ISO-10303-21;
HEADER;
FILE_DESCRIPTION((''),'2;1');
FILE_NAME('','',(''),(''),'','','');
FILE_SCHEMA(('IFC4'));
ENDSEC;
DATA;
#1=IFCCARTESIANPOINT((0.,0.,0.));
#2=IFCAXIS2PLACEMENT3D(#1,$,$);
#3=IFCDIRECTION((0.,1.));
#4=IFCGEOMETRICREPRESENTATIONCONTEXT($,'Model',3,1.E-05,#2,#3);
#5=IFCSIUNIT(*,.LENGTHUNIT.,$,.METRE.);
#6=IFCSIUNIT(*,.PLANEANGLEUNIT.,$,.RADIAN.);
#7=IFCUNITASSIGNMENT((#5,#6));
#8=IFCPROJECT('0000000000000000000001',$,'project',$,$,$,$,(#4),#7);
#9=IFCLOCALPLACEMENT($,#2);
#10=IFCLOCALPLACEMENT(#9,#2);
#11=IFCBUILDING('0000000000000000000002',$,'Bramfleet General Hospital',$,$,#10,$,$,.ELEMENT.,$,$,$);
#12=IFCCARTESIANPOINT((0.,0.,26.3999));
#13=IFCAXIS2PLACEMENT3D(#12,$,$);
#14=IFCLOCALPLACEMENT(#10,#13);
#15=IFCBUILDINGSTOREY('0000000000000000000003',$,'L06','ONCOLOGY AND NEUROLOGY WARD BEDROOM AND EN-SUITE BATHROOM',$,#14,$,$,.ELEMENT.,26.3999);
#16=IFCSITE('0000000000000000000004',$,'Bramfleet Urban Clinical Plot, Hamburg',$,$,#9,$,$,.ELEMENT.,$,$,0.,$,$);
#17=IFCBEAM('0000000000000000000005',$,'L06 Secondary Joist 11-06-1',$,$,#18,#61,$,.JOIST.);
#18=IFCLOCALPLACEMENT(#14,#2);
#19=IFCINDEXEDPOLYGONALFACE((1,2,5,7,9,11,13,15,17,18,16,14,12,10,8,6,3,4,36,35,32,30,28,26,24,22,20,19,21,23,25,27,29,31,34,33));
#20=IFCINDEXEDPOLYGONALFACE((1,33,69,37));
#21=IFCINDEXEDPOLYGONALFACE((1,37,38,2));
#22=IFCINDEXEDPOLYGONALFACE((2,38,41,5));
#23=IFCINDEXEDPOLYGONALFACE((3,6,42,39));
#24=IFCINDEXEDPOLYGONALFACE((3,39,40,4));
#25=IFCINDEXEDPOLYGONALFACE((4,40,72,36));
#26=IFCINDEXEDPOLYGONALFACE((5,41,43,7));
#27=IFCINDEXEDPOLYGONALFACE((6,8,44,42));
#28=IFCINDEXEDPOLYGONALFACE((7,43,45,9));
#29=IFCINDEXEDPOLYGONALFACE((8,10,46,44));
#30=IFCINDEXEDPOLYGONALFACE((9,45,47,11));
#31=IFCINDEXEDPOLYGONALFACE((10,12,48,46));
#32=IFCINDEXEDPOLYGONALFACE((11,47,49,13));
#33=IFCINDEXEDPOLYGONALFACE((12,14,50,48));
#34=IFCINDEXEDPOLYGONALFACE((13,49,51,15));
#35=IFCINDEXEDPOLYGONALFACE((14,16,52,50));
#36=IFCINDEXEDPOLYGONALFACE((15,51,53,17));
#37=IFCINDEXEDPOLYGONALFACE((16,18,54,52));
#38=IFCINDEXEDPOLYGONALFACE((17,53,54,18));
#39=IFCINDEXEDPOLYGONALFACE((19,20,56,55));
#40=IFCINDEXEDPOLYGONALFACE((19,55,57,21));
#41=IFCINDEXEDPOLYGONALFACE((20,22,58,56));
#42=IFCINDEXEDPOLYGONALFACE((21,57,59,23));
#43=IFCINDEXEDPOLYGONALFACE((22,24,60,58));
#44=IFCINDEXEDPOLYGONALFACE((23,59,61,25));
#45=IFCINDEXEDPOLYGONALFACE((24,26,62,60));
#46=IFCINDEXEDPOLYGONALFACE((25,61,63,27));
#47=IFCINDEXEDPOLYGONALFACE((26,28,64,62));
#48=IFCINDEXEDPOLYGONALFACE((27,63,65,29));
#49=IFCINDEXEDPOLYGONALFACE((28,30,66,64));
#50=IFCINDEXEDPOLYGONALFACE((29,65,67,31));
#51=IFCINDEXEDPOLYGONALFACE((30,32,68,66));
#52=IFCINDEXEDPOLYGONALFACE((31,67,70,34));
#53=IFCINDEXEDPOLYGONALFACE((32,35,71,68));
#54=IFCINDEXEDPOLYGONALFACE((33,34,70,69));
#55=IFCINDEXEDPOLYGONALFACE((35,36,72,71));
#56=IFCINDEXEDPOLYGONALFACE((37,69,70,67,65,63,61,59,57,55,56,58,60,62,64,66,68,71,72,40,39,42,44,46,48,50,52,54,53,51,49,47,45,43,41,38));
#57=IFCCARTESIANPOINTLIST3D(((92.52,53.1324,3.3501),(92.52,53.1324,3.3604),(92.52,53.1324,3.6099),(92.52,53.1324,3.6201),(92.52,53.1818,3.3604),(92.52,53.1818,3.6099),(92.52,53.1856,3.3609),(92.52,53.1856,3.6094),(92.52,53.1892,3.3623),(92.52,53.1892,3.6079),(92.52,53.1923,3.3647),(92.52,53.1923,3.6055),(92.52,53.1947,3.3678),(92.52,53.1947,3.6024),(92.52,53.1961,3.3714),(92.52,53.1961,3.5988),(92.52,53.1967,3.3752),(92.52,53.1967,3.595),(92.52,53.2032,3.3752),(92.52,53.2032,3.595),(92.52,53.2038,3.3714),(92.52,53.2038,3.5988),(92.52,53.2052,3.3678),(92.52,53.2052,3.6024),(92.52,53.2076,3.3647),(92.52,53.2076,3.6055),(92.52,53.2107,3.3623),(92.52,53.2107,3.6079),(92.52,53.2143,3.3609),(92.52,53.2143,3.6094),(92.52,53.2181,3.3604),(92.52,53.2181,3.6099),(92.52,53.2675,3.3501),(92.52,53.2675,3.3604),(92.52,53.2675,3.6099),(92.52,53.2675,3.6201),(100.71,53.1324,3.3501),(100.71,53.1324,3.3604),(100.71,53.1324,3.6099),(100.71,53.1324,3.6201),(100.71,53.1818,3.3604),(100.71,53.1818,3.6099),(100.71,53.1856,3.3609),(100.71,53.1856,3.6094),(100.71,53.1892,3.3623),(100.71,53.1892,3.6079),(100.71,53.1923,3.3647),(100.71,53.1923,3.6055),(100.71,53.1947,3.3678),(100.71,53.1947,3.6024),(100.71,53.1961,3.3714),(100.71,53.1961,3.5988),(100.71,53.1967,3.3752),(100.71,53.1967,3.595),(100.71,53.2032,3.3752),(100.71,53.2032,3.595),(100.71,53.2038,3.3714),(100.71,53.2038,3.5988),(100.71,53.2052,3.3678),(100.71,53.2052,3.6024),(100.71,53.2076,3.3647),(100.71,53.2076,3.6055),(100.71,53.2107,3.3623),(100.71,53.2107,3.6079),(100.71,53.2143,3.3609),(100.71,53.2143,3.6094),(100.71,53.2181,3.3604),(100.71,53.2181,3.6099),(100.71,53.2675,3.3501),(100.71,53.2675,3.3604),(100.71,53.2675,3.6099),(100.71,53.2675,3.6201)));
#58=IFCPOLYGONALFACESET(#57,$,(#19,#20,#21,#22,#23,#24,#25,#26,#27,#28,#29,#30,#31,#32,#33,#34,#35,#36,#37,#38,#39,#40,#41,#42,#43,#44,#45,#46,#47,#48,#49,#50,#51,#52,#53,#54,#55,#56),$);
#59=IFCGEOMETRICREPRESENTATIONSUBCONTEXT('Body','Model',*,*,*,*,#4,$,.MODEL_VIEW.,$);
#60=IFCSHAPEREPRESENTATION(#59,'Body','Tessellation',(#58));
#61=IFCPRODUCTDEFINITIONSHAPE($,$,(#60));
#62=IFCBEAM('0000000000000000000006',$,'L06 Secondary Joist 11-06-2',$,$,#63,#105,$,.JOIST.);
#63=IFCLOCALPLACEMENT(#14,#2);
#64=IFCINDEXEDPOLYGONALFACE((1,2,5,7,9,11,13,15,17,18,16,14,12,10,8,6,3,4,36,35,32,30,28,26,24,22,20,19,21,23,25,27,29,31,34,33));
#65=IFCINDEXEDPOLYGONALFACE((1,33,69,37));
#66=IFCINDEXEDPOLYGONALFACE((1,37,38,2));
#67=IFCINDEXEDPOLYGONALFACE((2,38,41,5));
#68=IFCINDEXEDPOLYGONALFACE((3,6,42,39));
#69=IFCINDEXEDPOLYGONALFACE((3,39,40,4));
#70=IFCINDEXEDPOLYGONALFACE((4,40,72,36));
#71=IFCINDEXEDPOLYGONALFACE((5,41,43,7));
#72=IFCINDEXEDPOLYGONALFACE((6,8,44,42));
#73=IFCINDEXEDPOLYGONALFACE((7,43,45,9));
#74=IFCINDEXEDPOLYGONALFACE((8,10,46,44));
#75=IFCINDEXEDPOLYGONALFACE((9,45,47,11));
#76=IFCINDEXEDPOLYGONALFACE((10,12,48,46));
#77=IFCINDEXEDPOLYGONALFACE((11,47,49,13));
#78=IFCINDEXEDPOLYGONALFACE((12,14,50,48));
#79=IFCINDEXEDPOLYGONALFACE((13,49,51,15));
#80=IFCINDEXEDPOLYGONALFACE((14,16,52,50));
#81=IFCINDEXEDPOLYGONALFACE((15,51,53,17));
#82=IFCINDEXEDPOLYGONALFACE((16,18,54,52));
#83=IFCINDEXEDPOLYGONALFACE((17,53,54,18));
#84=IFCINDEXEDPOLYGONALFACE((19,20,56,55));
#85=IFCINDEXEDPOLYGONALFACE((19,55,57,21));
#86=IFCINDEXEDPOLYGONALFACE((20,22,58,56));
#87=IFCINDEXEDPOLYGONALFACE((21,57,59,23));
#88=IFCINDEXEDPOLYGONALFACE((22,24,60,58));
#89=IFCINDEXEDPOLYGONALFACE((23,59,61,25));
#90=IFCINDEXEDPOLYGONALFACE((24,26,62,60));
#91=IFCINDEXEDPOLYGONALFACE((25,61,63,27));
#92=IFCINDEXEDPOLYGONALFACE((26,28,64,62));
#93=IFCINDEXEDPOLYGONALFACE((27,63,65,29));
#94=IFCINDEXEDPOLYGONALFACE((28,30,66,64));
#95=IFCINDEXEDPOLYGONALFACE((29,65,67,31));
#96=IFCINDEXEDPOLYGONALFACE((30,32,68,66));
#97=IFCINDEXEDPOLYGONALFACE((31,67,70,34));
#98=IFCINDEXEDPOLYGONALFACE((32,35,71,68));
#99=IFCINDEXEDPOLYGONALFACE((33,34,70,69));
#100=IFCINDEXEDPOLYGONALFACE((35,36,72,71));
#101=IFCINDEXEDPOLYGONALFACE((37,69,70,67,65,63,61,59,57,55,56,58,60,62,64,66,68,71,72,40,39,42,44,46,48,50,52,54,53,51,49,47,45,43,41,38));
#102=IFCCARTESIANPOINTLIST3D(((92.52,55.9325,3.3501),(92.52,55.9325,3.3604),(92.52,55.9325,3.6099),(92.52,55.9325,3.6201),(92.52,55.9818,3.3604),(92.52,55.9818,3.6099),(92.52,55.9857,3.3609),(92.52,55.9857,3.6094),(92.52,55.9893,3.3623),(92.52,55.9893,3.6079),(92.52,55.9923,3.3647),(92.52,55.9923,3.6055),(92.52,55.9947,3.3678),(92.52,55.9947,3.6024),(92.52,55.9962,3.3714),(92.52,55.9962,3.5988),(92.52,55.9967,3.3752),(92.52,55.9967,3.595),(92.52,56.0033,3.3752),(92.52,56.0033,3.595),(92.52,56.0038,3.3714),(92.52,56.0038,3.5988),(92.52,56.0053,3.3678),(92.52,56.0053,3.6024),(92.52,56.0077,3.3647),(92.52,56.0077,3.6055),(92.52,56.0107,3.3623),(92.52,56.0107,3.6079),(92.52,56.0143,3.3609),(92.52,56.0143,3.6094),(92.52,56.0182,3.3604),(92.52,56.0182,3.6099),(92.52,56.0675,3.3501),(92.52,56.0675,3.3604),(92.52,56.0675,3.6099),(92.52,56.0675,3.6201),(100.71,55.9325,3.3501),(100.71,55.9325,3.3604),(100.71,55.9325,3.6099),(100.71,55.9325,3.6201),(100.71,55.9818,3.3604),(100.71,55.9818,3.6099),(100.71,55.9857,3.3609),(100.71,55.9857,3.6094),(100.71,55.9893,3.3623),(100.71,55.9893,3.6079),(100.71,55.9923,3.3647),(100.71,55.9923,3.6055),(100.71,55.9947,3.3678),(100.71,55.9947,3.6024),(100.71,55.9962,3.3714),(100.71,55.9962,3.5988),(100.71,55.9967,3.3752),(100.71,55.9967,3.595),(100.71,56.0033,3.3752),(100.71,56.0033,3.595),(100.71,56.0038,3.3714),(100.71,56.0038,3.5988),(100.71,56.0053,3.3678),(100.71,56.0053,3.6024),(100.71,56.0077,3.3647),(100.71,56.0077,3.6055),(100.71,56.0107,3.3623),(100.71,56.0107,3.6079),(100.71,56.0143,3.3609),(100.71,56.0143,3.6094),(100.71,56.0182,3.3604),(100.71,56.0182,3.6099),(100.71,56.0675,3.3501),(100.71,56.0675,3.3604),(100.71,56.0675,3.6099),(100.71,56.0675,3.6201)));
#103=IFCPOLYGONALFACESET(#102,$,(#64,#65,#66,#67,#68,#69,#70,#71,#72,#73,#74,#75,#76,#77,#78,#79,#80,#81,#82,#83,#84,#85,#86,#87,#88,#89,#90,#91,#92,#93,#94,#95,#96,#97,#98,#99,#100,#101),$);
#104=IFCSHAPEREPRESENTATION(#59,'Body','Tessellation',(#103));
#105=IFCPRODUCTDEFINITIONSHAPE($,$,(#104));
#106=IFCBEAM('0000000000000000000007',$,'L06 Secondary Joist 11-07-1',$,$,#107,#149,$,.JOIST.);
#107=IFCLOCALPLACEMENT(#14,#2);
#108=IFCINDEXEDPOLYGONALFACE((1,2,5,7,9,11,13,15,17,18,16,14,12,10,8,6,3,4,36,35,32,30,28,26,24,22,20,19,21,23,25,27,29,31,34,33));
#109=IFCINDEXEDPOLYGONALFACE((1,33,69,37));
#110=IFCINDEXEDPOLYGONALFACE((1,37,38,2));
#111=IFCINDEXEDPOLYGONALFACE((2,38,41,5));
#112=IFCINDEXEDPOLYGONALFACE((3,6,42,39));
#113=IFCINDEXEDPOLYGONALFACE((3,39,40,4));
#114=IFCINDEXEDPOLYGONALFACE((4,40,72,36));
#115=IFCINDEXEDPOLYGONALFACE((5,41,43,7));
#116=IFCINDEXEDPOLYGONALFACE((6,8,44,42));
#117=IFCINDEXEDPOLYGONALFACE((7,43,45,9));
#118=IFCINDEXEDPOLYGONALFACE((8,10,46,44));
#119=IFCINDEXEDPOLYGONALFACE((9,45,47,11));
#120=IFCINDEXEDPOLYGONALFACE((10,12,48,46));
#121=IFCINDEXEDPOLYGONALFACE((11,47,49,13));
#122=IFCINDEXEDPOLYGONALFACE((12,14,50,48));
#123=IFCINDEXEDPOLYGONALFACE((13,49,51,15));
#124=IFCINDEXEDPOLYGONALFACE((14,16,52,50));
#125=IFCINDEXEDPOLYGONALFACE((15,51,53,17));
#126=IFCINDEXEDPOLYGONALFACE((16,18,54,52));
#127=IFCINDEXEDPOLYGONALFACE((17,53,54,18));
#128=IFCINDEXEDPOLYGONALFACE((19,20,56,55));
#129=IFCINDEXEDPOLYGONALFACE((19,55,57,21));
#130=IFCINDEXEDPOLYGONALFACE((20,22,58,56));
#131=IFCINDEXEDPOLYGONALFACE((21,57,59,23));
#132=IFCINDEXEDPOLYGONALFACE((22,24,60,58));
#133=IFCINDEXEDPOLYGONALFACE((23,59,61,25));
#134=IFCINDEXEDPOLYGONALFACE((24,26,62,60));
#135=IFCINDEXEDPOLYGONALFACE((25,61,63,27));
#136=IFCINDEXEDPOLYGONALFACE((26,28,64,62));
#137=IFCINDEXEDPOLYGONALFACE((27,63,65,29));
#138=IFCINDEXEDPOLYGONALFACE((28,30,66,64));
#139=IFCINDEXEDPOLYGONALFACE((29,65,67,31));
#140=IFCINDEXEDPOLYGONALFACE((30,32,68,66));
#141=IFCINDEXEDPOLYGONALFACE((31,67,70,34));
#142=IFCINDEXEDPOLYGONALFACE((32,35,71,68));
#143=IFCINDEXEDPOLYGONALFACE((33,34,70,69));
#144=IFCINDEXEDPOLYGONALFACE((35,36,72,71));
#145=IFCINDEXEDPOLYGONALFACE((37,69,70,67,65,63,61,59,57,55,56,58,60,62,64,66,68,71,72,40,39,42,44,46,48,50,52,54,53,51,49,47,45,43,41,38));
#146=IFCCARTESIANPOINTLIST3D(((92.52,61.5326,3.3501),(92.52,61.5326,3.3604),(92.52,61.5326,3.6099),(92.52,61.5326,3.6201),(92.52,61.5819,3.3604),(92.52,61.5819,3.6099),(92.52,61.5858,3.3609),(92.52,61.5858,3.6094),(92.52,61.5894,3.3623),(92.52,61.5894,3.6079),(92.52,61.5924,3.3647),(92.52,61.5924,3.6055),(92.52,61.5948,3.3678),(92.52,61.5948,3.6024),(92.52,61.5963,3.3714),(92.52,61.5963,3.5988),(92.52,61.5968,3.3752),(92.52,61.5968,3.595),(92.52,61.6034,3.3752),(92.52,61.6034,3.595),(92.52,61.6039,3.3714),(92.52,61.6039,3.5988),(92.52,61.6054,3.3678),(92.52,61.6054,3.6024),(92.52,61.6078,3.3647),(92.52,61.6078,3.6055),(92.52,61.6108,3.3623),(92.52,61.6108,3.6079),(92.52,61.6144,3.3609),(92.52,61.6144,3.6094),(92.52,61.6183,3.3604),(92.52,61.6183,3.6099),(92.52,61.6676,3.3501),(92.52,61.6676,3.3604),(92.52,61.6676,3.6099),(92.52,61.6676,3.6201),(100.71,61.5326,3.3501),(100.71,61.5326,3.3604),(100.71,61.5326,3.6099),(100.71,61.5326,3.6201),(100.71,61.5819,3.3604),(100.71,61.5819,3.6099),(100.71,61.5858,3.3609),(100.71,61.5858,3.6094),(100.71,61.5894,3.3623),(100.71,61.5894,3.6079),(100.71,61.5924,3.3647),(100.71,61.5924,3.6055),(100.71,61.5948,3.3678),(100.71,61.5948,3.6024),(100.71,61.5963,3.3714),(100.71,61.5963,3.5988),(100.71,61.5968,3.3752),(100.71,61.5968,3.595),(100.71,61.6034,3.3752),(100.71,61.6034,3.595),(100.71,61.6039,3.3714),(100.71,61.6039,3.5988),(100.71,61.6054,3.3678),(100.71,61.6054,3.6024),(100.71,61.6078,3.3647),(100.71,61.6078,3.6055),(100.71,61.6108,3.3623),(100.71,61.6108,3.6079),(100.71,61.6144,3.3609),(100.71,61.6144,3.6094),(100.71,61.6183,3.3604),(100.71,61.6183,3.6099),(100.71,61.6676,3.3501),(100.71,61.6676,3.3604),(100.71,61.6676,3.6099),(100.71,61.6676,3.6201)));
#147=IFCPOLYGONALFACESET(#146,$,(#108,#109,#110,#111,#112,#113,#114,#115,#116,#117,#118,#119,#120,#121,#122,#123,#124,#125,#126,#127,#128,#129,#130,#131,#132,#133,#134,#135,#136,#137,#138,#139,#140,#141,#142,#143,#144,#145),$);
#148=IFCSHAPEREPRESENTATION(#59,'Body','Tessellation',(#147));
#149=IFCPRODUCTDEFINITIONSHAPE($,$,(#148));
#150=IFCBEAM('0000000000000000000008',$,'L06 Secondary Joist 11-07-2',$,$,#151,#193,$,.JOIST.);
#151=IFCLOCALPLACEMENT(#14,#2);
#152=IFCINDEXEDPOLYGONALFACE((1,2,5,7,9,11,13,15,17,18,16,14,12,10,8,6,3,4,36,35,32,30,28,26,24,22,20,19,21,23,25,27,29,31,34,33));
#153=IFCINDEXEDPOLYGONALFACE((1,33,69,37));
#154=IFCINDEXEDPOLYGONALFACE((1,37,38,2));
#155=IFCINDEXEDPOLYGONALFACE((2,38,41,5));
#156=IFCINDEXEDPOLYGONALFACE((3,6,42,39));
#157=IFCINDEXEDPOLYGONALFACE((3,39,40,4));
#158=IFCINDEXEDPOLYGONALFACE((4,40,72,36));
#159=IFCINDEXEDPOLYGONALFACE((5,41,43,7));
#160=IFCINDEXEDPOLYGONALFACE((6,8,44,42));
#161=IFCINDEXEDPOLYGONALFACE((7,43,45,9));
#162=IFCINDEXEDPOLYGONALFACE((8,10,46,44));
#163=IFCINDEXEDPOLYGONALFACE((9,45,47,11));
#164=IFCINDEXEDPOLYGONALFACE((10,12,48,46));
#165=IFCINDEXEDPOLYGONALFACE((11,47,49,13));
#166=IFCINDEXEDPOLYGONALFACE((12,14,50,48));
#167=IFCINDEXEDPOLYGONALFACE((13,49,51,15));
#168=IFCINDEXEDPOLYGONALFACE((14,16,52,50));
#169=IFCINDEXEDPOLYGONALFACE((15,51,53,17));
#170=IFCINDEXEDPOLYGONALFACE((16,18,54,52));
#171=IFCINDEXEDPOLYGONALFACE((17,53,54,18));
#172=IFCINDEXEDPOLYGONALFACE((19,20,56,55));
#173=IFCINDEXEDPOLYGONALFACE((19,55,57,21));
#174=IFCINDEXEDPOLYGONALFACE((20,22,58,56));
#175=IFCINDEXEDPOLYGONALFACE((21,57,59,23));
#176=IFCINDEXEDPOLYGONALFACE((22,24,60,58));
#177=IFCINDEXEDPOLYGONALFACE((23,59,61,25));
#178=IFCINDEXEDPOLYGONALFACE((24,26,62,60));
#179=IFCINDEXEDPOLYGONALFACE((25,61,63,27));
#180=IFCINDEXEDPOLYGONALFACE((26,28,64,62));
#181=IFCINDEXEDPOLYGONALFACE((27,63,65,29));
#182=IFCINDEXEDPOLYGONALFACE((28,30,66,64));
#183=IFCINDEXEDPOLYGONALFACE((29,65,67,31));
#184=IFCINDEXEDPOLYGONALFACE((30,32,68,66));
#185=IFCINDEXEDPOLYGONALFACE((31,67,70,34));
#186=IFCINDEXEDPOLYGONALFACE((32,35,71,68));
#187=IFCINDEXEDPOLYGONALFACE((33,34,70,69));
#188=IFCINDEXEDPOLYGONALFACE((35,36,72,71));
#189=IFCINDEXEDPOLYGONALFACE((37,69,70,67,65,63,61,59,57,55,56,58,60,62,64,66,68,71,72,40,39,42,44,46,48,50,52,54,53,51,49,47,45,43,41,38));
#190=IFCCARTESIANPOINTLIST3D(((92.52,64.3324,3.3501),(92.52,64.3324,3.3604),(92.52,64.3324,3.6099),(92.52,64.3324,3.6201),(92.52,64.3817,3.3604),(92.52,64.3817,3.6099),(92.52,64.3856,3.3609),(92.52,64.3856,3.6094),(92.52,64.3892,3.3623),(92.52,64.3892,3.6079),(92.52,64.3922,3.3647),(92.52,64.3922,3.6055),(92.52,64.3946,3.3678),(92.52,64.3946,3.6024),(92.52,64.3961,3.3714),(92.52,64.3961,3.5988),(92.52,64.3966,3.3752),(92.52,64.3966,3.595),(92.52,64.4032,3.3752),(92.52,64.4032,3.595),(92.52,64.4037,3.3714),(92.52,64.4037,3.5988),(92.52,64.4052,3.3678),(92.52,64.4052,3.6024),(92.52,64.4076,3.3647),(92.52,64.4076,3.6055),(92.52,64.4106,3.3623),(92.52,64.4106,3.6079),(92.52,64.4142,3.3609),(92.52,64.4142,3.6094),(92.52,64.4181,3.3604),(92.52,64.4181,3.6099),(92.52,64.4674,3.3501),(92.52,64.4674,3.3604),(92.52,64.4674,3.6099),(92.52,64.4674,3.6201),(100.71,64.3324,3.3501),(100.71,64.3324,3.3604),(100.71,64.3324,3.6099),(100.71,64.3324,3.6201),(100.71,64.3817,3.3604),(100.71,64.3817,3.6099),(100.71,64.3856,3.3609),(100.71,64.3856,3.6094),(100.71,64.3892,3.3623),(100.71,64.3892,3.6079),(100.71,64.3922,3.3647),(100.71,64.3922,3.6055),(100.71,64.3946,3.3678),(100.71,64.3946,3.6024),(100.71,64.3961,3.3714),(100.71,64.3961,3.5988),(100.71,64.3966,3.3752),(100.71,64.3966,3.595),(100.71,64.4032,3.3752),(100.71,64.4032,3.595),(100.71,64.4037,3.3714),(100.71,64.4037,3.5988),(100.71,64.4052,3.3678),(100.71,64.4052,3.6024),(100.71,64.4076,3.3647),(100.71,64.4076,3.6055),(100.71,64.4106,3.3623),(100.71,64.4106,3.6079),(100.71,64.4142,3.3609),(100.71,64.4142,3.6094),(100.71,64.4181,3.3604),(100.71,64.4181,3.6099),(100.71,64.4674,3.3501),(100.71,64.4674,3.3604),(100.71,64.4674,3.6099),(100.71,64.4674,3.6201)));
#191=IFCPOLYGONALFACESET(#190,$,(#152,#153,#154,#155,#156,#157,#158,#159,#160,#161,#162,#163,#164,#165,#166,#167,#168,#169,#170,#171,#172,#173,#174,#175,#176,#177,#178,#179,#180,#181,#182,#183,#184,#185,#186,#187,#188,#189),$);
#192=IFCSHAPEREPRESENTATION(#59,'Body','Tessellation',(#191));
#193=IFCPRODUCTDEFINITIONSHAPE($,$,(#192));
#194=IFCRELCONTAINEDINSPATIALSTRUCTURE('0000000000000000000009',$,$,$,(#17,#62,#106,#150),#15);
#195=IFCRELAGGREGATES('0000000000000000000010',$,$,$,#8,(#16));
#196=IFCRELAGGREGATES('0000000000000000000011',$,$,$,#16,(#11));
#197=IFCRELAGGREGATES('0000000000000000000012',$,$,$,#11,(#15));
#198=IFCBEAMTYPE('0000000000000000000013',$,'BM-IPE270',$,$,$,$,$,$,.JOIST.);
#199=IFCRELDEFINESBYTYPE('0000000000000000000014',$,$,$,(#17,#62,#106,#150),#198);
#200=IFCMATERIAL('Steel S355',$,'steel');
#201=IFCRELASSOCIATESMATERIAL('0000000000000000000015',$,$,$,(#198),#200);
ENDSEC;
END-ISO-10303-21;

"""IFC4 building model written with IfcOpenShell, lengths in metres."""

from ifc_helpers import new_model, si_unit, direction, frame, origin, origin_2d, place, context, subcontext, project, spatial, i_section, extrude, material, material_profile, profile_set, type_object, element, save


model = new_model("IFC4")

# Units and contexts
model_context = context("Model", 3, precision=1e-05, world=origin(), true_north=direction((0.0, 1.0)))
body_context = subcontext(model_context, "Body", "Model", "MODEL_VIEW")
ifc_project = project(units=[si_unit("LENGTHUNIT", "METRE"), si_unit("PLANEANGLEUNIT", "RADIAN")], contexts=[model_context])

# Site, building, storey
site_placement = place(None, origin())
site = spatial("IfcSite", under=ifc_project, at=site_placement, Name="Bramfleet Urban Clinical Plot, Hamburg", CompositionType="ELEMENT", RefElevation=0.0)
building_placement = place(site_placement, origin())
building = spatial("IfcBuilding", under=site, at=building_placement, Name="Bramfleet General Hospital", CompositionType="ELEMENT")
storey_placement = place(building_placement, frame((0.0, 0.0, 26.3999)))
storey = spatial("IfcBuildingStorey", under=building, at=storey_placement, Name="L06", Description="ONCOLOGY AND NEUROLOGY WARD BEDROOM AND EN-SUITE BATHROOM", CompositionType="ELEMENT", Elevation=26.3999)

# Beams
ifc_material_1 = material(Name="Steel S355", Category="steel")
ifc_material_profile_1 = material_profile(ifc_material_1, i_section(OverallWidth=0.135, OverallDepth=0.27, WebThickness=0.0066, FlangeThickness=0.0103, FilletRadius=0.0149, at=origin_2d()), Name="IPE 270")
ifc_profile_set_1 = profile_set([ifc_material_profile_1], Name="Steel S355")
beam_type_1 = type_object("IfcBeamType", Name="BM-IPE270", PredefinedType="JOIST", material=ifc_profile_set_1)
for number, where, z_axis, x_axis, name in (
    (1, (92.52, 53.2, 3.4851), (1.0, 0.0, 0.0), (0.0, 1.0, 0.0), "L06 Secondary Joist 11-06-1"),
    (2, (92.52, 56.0, 3.4851), (1.0, 0.0, 0.0), (0.0, 1.0, 0.0), "L06 Secondary Joist 11-06-2"),
    (3, (92.52, 61.6001, 3.4851), (1.0, 0.0, 0.0), (0.0, 1.0, 0.0), "L06 Secondary Joist 11-07-1"),
    (4, (92.52, 64.3999, 3.4851), (1.0, 0.0, 0.0), (0.0, 1.0, 0.0), "L06 Secondary Joist 11-07-2"),
):
    element("IfcBeam", number, at=place(storey_placement, frame(where, z_axis=z_axis, x_axis=x_axis)), inside=storey, type_object=beam_type_1, Name=name, PredefinedType="JOIST", context=body_context, shape_type="SweptSolid", body=[
        extrude(i_section(OverallWidth=0.135, OverallDepth=0.27, WebThickness=0.0066, FlangeThickness=0.0103, FilletRadius=0.0149, at=origin_2d()), origin(), (0.0, 0.0, 1.0), 8.1899),
    ])

save(model, "model.ifc")
